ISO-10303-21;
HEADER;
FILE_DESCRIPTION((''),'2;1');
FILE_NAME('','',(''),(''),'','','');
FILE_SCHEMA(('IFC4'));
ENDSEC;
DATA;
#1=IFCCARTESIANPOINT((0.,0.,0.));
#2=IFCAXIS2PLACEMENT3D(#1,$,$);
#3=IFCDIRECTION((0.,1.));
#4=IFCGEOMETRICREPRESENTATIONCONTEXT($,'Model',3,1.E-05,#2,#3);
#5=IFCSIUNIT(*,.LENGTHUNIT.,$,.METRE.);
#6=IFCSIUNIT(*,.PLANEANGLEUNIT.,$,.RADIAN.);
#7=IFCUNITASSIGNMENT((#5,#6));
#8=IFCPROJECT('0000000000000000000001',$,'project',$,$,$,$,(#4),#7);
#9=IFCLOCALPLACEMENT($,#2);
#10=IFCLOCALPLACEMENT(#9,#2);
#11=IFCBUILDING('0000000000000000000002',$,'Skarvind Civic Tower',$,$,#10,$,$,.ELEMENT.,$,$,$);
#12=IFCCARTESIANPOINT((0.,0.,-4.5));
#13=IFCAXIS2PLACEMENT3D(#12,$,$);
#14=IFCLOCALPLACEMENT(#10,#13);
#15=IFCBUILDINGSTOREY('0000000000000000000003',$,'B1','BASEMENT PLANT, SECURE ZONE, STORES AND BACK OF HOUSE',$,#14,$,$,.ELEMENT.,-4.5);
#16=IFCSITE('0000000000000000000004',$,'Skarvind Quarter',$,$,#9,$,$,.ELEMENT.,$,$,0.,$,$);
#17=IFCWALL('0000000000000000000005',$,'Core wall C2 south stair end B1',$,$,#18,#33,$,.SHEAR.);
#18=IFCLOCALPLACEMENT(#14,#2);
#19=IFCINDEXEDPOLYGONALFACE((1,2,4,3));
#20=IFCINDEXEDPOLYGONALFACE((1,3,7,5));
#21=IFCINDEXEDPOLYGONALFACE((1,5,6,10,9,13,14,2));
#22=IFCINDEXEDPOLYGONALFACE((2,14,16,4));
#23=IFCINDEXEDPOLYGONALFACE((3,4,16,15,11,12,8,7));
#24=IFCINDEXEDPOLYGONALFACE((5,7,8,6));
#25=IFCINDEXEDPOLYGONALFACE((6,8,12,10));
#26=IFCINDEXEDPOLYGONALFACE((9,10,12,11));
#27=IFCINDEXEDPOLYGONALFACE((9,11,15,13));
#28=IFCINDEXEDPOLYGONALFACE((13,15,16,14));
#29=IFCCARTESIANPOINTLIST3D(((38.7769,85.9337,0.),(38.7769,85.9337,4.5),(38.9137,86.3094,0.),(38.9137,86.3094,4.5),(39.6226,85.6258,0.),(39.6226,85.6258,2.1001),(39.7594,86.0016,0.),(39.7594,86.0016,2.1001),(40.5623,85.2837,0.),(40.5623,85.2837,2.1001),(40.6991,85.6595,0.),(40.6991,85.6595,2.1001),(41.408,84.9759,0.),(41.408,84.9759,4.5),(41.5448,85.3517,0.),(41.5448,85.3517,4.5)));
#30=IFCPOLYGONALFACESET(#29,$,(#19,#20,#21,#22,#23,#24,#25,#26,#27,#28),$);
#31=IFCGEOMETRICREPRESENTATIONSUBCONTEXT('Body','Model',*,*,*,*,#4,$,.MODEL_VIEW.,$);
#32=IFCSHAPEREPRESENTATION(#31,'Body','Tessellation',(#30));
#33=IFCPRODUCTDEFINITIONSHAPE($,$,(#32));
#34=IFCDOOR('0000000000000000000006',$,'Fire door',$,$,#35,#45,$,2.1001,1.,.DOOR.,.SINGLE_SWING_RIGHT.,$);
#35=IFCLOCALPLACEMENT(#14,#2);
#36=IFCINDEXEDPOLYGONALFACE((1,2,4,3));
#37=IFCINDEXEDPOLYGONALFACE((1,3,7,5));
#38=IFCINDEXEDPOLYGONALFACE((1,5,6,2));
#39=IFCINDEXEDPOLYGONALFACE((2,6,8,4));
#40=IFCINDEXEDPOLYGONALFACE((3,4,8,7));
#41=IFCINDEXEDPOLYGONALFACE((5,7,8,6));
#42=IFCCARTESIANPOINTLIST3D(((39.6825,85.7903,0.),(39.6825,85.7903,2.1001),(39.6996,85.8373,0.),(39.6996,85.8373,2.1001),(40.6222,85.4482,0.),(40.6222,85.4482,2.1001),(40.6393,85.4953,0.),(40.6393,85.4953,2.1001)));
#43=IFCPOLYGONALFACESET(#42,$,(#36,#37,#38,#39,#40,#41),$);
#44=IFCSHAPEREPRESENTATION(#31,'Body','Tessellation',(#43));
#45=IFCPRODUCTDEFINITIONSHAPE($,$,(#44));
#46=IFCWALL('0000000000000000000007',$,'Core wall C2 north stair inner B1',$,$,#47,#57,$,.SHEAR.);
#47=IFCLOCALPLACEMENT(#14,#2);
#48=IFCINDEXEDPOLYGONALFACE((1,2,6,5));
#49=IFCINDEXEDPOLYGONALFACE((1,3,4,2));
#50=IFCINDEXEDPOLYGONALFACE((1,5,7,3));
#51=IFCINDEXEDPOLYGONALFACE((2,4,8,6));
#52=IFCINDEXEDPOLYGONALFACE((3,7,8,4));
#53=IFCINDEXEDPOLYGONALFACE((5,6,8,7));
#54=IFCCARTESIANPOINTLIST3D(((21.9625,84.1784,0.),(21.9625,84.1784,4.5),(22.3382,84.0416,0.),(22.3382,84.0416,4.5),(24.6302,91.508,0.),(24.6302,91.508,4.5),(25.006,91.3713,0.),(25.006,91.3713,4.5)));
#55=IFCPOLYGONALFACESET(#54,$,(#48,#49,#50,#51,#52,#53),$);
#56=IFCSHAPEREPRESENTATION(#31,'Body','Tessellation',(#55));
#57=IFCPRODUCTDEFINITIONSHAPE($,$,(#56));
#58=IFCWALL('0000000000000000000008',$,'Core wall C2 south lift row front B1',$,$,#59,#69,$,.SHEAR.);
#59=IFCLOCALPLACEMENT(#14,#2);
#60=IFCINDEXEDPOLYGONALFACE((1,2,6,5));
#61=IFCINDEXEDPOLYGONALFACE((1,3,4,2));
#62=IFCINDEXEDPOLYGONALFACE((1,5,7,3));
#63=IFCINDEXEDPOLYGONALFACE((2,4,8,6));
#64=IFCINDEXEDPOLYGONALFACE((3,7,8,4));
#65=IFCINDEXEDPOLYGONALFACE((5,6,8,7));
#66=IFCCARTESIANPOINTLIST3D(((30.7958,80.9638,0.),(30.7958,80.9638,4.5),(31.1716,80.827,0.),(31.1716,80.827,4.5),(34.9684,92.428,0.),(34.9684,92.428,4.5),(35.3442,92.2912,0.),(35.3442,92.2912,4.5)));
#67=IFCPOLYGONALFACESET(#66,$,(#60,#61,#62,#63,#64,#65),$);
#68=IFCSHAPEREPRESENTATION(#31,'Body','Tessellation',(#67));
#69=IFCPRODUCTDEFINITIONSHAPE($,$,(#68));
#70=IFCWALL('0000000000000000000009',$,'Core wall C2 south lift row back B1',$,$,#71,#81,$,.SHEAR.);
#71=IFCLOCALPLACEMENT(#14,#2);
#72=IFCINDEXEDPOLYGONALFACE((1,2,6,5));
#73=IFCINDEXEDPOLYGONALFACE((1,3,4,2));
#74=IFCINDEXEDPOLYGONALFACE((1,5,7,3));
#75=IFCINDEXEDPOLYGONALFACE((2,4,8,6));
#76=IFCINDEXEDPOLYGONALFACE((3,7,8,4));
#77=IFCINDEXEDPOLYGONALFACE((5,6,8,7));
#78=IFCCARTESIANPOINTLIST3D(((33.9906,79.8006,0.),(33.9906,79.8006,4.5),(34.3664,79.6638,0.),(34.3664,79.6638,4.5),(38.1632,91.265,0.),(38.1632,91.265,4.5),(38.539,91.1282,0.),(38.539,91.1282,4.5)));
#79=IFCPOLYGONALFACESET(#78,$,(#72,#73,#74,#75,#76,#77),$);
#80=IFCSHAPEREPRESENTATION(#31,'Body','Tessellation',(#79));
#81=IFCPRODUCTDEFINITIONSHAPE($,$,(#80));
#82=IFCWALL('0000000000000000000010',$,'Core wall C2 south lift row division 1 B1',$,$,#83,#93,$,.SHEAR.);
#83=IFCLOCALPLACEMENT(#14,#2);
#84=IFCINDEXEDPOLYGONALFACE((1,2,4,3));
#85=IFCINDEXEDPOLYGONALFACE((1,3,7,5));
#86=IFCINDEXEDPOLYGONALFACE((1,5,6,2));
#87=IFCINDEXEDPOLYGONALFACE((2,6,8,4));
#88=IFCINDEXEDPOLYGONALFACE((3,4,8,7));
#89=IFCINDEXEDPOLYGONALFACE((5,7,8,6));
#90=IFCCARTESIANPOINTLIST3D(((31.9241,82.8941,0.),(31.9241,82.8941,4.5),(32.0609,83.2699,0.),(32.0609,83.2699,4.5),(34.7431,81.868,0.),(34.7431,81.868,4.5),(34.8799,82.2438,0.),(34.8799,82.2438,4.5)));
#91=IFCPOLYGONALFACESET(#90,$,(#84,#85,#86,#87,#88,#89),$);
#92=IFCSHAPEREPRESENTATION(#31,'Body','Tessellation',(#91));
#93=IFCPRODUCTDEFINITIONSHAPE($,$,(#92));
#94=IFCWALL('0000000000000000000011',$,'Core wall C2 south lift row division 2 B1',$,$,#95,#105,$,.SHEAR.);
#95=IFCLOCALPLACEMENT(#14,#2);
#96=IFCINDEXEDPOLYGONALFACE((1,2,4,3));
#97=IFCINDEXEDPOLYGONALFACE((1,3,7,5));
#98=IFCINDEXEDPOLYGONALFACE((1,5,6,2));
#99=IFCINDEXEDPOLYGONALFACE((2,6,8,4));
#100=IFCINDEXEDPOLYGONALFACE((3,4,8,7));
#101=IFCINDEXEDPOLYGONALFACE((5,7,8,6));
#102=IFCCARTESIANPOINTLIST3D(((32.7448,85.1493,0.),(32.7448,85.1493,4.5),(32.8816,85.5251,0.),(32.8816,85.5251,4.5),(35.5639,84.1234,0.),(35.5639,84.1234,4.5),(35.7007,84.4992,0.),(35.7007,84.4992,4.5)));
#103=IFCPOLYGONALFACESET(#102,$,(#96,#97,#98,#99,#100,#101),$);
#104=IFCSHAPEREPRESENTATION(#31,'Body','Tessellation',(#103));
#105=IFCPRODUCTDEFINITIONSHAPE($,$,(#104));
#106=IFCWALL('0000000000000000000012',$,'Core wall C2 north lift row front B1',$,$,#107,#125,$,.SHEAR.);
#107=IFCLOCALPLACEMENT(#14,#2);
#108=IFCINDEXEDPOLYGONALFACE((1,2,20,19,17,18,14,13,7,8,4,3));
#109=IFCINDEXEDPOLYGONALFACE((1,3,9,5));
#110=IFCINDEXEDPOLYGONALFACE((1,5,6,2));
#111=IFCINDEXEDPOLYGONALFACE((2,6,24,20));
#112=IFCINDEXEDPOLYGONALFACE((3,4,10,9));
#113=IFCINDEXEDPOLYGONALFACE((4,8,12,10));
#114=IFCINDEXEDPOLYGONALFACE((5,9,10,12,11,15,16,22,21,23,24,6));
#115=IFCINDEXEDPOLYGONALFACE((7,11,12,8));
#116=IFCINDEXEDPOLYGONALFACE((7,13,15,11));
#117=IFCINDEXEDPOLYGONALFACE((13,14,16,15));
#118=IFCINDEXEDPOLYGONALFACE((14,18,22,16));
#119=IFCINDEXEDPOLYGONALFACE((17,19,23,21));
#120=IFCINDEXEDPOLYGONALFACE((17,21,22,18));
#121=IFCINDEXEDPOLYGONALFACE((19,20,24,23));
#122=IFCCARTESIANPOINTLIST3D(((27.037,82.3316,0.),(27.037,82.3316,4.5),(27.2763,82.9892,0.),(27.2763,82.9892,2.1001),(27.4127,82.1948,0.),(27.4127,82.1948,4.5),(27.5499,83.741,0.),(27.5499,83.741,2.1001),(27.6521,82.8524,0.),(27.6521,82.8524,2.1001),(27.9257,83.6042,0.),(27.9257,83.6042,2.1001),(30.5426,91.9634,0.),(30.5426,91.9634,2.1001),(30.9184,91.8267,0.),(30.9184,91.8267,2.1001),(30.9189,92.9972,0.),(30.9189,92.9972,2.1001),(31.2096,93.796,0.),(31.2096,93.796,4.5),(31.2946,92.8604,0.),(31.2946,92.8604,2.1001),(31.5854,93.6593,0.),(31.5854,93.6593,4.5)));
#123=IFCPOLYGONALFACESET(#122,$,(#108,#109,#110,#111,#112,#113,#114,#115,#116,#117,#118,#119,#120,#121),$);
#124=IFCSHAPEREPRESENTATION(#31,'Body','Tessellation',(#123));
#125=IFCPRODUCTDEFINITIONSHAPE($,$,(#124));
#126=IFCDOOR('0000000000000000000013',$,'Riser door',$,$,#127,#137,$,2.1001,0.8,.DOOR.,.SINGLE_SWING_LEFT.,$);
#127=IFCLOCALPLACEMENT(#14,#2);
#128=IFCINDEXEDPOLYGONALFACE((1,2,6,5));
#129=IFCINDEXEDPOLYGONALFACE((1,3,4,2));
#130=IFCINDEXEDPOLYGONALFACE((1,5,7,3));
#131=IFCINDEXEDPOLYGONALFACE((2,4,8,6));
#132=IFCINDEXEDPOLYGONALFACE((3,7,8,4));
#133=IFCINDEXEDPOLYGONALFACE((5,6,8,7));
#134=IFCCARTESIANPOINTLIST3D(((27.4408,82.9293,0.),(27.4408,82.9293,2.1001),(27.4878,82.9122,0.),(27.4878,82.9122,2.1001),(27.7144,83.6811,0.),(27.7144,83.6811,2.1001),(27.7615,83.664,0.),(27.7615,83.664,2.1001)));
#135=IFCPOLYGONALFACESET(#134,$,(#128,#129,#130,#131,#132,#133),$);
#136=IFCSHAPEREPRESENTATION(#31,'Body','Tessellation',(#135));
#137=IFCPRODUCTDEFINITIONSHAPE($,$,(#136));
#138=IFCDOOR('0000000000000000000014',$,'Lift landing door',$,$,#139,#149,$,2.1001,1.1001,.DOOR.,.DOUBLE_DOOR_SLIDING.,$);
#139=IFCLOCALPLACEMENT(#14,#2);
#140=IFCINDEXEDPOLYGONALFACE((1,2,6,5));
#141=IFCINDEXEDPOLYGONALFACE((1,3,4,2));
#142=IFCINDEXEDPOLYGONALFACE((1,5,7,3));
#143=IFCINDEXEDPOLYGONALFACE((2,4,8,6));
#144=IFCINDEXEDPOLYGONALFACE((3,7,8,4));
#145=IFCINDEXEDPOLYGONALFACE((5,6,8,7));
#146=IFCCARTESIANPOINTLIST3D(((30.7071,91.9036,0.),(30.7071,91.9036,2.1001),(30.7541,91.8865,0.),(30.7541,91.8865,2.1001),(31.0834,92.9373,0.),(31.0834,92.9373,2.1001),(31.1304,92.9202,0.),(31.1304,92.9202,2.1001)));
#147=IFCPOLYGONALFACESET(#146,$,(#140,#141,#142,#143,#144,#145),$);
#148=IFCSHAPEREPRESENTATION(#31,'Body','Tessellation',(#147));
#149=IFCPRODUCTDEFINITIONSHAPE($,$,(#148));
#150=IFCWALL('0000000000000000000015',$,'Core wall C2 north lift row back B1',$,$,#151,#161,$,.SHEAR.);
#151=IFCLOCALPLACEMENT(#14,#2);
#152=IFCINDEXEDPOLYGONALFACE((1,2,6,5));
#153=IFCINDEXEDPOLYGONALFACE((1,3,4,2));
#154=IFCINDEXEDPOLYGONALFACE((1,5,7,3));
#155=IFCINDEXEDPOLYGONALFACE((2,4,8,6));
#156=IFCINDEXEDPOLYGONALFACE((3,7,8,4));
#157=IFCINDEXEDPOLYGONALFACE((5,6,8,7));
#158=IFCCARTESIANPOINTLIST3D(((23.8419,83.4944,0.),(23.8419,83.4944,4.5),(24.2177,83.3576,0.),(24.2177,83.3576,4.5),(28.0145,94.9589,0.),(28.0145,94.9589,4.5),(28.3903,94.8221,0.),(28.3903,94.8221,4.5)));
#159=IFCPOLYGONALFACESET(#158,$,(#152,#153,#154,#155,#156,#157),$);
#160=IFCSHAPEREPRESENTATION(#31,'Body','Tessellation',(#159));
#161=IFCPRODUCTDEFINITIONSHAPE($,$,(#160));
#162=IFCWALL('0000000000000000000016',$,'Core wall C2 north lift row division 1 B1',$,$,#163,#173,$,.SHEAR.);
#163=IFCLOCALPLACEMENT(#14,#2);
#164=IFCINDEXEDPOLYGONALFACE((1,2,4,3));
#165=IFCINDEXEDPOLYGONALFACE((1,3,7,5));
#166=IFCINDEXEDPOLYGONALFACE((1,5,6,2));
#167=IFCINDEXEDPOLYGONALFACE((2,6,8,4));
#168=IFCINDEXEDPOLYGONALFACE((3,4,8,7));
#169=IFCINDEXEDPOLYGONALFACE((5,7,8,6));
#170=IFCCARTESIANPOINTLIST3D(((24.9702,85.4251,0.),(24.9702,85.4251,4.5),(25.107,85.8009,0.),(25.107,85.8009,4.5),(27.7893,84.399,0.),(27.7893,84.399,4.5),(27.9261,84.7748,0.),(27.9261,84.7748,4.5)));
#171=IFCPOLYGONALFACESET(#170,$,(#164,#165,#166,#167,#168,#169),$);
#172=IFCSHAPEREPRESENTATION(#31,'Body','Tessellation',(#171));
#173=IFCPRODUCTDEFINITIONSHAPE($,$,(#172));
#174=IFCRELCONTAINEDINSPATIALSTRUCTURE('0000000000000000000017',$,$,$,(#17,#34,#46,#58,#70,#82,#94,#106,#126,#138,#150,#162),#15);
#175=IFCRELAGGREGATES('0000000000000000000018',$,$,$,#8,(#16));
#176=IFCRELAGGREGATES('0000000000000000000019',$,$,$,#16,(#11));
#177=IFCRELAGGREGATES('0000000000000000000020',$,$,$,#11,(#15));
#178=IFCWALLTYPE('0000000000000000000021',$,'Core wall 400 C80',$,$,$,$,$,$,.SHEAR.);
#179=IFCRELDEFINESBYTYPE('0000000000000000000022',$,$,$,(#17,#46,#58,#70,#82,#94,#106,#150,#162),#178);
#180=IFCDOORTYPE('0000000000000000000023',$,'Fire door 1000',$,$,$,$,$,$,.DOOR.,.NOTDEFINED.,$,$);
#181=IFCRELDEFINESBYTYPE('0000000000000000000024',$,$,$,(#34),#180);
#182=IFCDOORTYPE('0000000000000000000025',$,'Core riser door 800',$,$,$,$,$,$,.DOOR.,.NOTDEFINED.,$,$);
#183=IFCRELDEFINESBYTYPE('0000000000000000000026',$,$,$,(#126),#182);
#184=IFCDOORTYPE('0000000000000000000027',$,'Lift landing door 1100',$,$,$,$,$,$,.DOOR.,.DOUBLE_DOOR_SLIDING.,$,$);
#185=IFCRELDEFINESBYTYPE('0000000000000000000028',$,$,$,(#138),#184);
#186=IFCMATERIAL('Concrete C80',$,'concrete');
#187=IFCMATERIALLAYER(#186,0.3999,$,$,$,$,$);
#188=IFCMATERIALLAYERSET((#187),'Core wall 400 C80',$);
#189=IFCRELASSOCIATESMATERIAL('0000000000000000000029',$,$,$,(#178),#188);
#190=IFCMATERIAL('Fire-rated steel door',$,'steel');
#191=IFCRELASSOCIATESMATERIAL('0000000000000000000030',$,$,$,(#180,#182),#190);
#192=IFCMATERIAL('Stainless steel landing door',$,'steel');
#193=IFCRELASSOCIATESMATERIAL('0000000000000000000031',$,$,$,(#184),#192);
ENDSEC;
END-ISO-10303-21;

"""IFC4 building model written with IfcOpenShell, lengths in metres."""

from ifc_helpers import new_model, si_unit, direction, frame, frame_2d, origin, place, context, subcontext, project, spatial, rectangle, extrude, material, layer, layer_set, type_object, element, fill, save


model = new_model("IFC4")

# Units and contexts
model_context = context("Model", 3, precision=1e-05, world=origin(), true_north=direction((0.0, 1.0)))
body_context = subcontext(model_context, "Body", "Model", "MODEL_VIEW")
ifc_project = project(units=[si_unit("LENGTHUNIT", "METRE"), si_unit("PLANEANGLEUNIT", "RADIAN")], contexts=[model_context])

# Site, building, storey
site_placement = place(None, origin())
site = spatial("IfcSite", under=ifc_project, at=site_placement, Name="Skarvind Quarter", CompositionType="ELEMENT", RefElevation=0.0)
building_placement = place(site_placement, origin())
building = spatial("IfcBuilding", under=site, at=building_placement, Name="Skarvind Civic Tower", CompositionType="ELEMENT")
storey_placement = place(building_placement, frame((0.0, 0.0, -4.5)))
storey = spatial("IfcBuildingStorey", under=building, at=storey_placement, Name="B1", Description="BASEMENT PLANT, SECURE ZONE, STORES AND BACK OF HOUSE", CompositionType="ELEMENT", Elevation=-4.5)

# Shared definitions
ifc_material_1 = material(Name="Concrete C80", Category="concrete")
ifc_layer_1 = layer(ifc_material_1, 0.3999)
ifc_layer_set_1 = layer_set([ifc_layer_1], Name="Core wall 400 C80")
wall_type_1 = type_object("IfcWallType", Name="Core wall 400 C80", PredefinedType="SHEAR", material=ifc_layer_set_1)

# Wall, opening, door
wall_1_placement = place(storey_placement, frame((41.4763, 85.1638, 0.0), z_axis=(0.0, 0.0, 1.0), x_axis=(-0.939679, 0.342058, 0.0)))
wall_1 = element("IfcWall", 1, at=wall_1_placement, inside=storey, type_object=wall_type_1, Name="Core wall C2 south stair end B1", PredefinedType="SHEAR", context=body_context, shape_type="SweptSolid", body=[
    extrude(rectangle(XDim=2.8, YDim=0.3999, at=frame_2d((1.3999, 0.0))), origin(), (0.0, 0.0, 1.0), 4.5),
])
opening_1_placement = place(wall_1_placement, frame((0.8999, 0.0, 0.0)))
opening_1 = element("IfcOpeningElement", 2, at=opening_1_placement, cuts=wall_1, PredefinedType="OPENING", context=body_context, shape_type="SweptSolid", body=[
    extrude(rectangle(XDim=1.0, YDim=2.1001, at=frame_2d((0.5, 1.05))), frame((0.0, 0.21, 0.0), z_axis=(0.0, -1.0, 0.0), x_axis=(1.0, 0.0, 0.0)), (0.0, 0.0, 1.0), 0.4199),
])
ifc_material_2 = material(Name="Fire-rated steel door", Category="steel")
door_type_1 = type_object("IfcDoorType", Name="Fire door 1000", OperationType="NOTDEFINED", PredefinedType="DOOR", material=ifc_material_2)
door_1_placement = place(opening_1_placement, origin())
door_1 = element("IfcDoor", 3, at=door_1_placement, inside=storey, type_object=door_type_1, Name="Fire door", OperationType="SINGLE_SWING_RIGHT", OverallHeight=2.1001, OverallWidth=1.0, PredefinedType="DOOR", context=body_context, shape_type="SweptSolid", body=[
    extrude(rectangle(XDim=1.0, YDim=2.1001, at=frame_2d((0.5, 1.05))), frame((0.0, 0.0249, 0.0), z_axis=(0.0, -1.0, 0.0), x_axis=(1.0, 0.0, 0.0)), (0.0, 0.0, 1.0), 0.05),
])
fill(opening_1, door_1)

# Walls
wall_2_placement = place(storey_placement, frame((22.1504, 84.1101, 0.0), z_axis=(0.0, 0.0, 1.0), x_axis=(0.342017, 0.939694, 0.0)))
element("IfcWall", 4, at=wall_2_placement, inside=storey, type_object=wall_type_1, Name="Core wall C2 north stair inner B1", PredefinedType="SHEAR", context=body_context, shape_type="SweptSolid", body=[
    extrude(rectangle(XDim=7.8, YDim=0.3999, at=frame_2d((3.8999, 0.0))), origin(), (0.0, 0.0, 1.0), 4.5),
])
wall_3_placement = place(storey_placement, frame((30.9836, 80.8953, 0.0), z_axis=(0.0, 0.0, 1.0), x_axis=(0.342021, 0.939692, 0.0)))
element("IfcWall", 5, at=wall_3_placement, inside=storey, type_object=wall_type_1, Name="Core wall C2 south lift row front B1", PredefinedType="SHEAR", context=body_context, shape_type="SweptSolid", body=[
    extrude(rectangle(XDim=12.2, YDim=0.3999, at=frame_2d((6.1001, 0.0))), origin(), (0.0, 0.0, 1.0), 4.5),
])
wall_4_placement = place(storey_placement, frame((34.1785, 79.7322, 0.0), z_axis=(0.0, 0.0, 1.0), x_axis=(0.342015, 0.939695, 0.0)))
element("IfcWall", 6, at=wall_4_placement, inside=storey, type_object=wall_type_1, Name="Core wall C2 south lift row back B1", PredefinedType="SHEAR", context=body_context, shape_type="SweptSolid", body=[
    extrude(rectangle(XDim=12.2002, YDim=0.3999, at=frame_2d((6.1001, 0.0))), origin(), (0.0, 0.0, 1.0), 4.5),
])
for number, where, z_axis, x_axis, name in (
    (7, (34.8115, 82.0559, 0.0), (0.0, 0.0, 1.0), (-0.939686, 0.342037, 0.0), "Core wall C2 south lift row division 1 B1"),
    (8, (35.6323, 84.3113, 0.0), (0.0, 0.0, 1.0), (-0.939713, 0.341965, 0.0), "Core wall C2 south lift row division 2 B1"),
):
    element("IfcWall", number, at=place(storey_placement, frame(where, z_axis=z_axis, x_axis=x_axis)), inside=storey, type_object=wall_type_1, Name=name, PredefinedType="SHEAR", context=body_context, shape_type="SweptSolid", body=[
        extrude(rectangle(XDim=3.0, YDim=0.3999, at=frame_2d((1.5, 0.0))), origin(), (0.0, 0.0, 1.0), 4.5),
    ])

# Wall, openings, doors
wall_5_placement = place(storey_placement, frame((27.2249, 82.2632, 0.0), z_axis=(0.0, 0.0, 1.0), x_axis=(0.342015, 0.939695, 0.0)))
wall_5 = element("IfcWall", 9, at=wall_5_placement, inside=storey, type_object=wall_type_1, Name="Core wall C2 north lift row front B1", PredefinedType="SHEAR", context=body_context, shape_type="SweptSolid", body=[
    extrude(rectangle(XDim=12.2002, YDim=0.3999, at=frame_2d((6.1001, 0.0))), origin(), (0.0, 0.0, 1.0), 4.5),
])
opening_2_placement = place(wall_5_placement, frame((10.25, 0.0, 0.0)))
opening_2 = element("IfcOpeningElement", 10, at=opening_2_placement, cuts=wall_5, PredefinedType="OPENING", context=body_context, shape_type="SweptSolid", body=[
    extrude(rectangle(XDim=1.1001, YDim=2.1001, at=frame_2d((0.55, 1.05))), frame((0.0, 0.21, 0.0), z_axis=(0.0, -1.0, 0.0), x_axis=(1.0, 0.0, 0.0)), (0.0, 0.0, 1.0), 0.4199),
])
opening_3_placement = place(wall_5_placement, frame((0.7, 0.0, 0.0)))
opening_3 = element("IfcOpeningElement", 11, at=opening_3_placement, cuts=wall_5, PredefinedType="OPENING", context=body_context, shape_type="SweptSolid", body=[
    extrude(rectangle(XDim=0.8, YDim=2.1001, at=frame_2d((0.3999, 1.05))), frame((0.0, 0.21, 0.0), z_axis=(0.0, -1.0, 0.0), x_axis=(1.0, 0.0, 0.0)), (0.0, 0.0, 1.0), 0.4199),
])
door_type_2 = type_object("IfcDoorType", Name="Core riser door 800", OperationType="NOTDEFINED", PredefinedType="DOOR", material=ifc_material_2)
door_2_placement = place(opening_3_placement, origin())
door_2 = element("IfcDoor", 12, at=door_2_placement, inside=storey, type_object=door_type_2, Name="Riser door", OperationType="SINGLE_SWING_LEFT", OverallHeight=2.1001, OverallWidth=0.8, PredefinedType="DOOR", context=body_context, shape_type="SweptSolid", body=[
    extrude(rectangle(XDim=0.8, YDim=2.1001, at=frame_2d((0.3999, 1.05))), frame((0.0, 0.0249, 0.0), z_axis=(0.0, -1.0, 0.0), x_axis=(1.0, 0.0, 0.0)), (0.0, 0.0, 1.0), 0.05),
])
fill(opening_3, door_2)
ifc_material_3 = material(Name="Stainless steel landing door", Category="steel")
door_type_3 = type_object("IfcDoorType", Name="Lift landing door 1100", OperationType="DOUBLE_DOOR_SLIDING", PredefinedType="DOOR", material=ifc_material_3)
door_3_placement = place(opening_2_placement, origin())
door_3 = element("IfcDoor", 13, at=door_3_placement, inside=storey, type_object=door_type_3, Name="Lift landing door", OperationType="DOUBLE_DOOR_SLIDING", OverallHeight=2.1001, OverallWidth=1.1001, PredefinedType="DOOR", context=body_context, shape_type="SweptSolid", body=[
    extrude(rectangle(XDim=1.1001, YDim=2.1001, at=frame_2d((0.55, 1.05))), frame((0.0, 0.0249, 0.0), z_axis=(0.0, -1.0, 0.0), x_axis=(1.0, 0.0, 0.0)), (0.0, 0.0, 1.0), 0.05),
])
fill(opening_2, door_3)

# Walls
wall_6_placement = place(storey_placement, frame((24.0298, 83.426, 0.0), z_axis=(0.0, 0.0, 1.0), x_axis=(0.342015, 0.939695, 0.0)))
element("IfcWall", 14, at=wall_6_placement, inside=storey, type_object=wall_type_1, Name="Core wall C2 north lift row back B1", PredefinedType="SHEAR", context=body_context, shape_type="SweptSolid", body=[
    extrude(rectangle(XDim=12.2002, YDim=0.3999, at=frame_2d((6.1001, 0.0))), origin(), (0.0, 0.0, 1.0), 4.5),
])
wall_7_placement = place(storey_placement, frame((27.8577, 84.5869, 0.0), z_axis=(0.0, 0.0, 1.0), x_axis=(-0.939686, 0.342037, 0.0)))
element("IfcWall", 15, at=wall_7_placement, inside=storey, type_object=wall_type_1, Name="Core wall C2 north lift row division 1 B1", PredefinedType="SHEAR", context=body_context, shape_type="SweptSolid", body=[
    extrude(rectangle(XDim=3.0, YDim=0.3999, at=frame_2d((1.5, 0.0))), origin(), (0.0, 0.0, 1.0), 4.5),
])

save(model, "model.ifc")
